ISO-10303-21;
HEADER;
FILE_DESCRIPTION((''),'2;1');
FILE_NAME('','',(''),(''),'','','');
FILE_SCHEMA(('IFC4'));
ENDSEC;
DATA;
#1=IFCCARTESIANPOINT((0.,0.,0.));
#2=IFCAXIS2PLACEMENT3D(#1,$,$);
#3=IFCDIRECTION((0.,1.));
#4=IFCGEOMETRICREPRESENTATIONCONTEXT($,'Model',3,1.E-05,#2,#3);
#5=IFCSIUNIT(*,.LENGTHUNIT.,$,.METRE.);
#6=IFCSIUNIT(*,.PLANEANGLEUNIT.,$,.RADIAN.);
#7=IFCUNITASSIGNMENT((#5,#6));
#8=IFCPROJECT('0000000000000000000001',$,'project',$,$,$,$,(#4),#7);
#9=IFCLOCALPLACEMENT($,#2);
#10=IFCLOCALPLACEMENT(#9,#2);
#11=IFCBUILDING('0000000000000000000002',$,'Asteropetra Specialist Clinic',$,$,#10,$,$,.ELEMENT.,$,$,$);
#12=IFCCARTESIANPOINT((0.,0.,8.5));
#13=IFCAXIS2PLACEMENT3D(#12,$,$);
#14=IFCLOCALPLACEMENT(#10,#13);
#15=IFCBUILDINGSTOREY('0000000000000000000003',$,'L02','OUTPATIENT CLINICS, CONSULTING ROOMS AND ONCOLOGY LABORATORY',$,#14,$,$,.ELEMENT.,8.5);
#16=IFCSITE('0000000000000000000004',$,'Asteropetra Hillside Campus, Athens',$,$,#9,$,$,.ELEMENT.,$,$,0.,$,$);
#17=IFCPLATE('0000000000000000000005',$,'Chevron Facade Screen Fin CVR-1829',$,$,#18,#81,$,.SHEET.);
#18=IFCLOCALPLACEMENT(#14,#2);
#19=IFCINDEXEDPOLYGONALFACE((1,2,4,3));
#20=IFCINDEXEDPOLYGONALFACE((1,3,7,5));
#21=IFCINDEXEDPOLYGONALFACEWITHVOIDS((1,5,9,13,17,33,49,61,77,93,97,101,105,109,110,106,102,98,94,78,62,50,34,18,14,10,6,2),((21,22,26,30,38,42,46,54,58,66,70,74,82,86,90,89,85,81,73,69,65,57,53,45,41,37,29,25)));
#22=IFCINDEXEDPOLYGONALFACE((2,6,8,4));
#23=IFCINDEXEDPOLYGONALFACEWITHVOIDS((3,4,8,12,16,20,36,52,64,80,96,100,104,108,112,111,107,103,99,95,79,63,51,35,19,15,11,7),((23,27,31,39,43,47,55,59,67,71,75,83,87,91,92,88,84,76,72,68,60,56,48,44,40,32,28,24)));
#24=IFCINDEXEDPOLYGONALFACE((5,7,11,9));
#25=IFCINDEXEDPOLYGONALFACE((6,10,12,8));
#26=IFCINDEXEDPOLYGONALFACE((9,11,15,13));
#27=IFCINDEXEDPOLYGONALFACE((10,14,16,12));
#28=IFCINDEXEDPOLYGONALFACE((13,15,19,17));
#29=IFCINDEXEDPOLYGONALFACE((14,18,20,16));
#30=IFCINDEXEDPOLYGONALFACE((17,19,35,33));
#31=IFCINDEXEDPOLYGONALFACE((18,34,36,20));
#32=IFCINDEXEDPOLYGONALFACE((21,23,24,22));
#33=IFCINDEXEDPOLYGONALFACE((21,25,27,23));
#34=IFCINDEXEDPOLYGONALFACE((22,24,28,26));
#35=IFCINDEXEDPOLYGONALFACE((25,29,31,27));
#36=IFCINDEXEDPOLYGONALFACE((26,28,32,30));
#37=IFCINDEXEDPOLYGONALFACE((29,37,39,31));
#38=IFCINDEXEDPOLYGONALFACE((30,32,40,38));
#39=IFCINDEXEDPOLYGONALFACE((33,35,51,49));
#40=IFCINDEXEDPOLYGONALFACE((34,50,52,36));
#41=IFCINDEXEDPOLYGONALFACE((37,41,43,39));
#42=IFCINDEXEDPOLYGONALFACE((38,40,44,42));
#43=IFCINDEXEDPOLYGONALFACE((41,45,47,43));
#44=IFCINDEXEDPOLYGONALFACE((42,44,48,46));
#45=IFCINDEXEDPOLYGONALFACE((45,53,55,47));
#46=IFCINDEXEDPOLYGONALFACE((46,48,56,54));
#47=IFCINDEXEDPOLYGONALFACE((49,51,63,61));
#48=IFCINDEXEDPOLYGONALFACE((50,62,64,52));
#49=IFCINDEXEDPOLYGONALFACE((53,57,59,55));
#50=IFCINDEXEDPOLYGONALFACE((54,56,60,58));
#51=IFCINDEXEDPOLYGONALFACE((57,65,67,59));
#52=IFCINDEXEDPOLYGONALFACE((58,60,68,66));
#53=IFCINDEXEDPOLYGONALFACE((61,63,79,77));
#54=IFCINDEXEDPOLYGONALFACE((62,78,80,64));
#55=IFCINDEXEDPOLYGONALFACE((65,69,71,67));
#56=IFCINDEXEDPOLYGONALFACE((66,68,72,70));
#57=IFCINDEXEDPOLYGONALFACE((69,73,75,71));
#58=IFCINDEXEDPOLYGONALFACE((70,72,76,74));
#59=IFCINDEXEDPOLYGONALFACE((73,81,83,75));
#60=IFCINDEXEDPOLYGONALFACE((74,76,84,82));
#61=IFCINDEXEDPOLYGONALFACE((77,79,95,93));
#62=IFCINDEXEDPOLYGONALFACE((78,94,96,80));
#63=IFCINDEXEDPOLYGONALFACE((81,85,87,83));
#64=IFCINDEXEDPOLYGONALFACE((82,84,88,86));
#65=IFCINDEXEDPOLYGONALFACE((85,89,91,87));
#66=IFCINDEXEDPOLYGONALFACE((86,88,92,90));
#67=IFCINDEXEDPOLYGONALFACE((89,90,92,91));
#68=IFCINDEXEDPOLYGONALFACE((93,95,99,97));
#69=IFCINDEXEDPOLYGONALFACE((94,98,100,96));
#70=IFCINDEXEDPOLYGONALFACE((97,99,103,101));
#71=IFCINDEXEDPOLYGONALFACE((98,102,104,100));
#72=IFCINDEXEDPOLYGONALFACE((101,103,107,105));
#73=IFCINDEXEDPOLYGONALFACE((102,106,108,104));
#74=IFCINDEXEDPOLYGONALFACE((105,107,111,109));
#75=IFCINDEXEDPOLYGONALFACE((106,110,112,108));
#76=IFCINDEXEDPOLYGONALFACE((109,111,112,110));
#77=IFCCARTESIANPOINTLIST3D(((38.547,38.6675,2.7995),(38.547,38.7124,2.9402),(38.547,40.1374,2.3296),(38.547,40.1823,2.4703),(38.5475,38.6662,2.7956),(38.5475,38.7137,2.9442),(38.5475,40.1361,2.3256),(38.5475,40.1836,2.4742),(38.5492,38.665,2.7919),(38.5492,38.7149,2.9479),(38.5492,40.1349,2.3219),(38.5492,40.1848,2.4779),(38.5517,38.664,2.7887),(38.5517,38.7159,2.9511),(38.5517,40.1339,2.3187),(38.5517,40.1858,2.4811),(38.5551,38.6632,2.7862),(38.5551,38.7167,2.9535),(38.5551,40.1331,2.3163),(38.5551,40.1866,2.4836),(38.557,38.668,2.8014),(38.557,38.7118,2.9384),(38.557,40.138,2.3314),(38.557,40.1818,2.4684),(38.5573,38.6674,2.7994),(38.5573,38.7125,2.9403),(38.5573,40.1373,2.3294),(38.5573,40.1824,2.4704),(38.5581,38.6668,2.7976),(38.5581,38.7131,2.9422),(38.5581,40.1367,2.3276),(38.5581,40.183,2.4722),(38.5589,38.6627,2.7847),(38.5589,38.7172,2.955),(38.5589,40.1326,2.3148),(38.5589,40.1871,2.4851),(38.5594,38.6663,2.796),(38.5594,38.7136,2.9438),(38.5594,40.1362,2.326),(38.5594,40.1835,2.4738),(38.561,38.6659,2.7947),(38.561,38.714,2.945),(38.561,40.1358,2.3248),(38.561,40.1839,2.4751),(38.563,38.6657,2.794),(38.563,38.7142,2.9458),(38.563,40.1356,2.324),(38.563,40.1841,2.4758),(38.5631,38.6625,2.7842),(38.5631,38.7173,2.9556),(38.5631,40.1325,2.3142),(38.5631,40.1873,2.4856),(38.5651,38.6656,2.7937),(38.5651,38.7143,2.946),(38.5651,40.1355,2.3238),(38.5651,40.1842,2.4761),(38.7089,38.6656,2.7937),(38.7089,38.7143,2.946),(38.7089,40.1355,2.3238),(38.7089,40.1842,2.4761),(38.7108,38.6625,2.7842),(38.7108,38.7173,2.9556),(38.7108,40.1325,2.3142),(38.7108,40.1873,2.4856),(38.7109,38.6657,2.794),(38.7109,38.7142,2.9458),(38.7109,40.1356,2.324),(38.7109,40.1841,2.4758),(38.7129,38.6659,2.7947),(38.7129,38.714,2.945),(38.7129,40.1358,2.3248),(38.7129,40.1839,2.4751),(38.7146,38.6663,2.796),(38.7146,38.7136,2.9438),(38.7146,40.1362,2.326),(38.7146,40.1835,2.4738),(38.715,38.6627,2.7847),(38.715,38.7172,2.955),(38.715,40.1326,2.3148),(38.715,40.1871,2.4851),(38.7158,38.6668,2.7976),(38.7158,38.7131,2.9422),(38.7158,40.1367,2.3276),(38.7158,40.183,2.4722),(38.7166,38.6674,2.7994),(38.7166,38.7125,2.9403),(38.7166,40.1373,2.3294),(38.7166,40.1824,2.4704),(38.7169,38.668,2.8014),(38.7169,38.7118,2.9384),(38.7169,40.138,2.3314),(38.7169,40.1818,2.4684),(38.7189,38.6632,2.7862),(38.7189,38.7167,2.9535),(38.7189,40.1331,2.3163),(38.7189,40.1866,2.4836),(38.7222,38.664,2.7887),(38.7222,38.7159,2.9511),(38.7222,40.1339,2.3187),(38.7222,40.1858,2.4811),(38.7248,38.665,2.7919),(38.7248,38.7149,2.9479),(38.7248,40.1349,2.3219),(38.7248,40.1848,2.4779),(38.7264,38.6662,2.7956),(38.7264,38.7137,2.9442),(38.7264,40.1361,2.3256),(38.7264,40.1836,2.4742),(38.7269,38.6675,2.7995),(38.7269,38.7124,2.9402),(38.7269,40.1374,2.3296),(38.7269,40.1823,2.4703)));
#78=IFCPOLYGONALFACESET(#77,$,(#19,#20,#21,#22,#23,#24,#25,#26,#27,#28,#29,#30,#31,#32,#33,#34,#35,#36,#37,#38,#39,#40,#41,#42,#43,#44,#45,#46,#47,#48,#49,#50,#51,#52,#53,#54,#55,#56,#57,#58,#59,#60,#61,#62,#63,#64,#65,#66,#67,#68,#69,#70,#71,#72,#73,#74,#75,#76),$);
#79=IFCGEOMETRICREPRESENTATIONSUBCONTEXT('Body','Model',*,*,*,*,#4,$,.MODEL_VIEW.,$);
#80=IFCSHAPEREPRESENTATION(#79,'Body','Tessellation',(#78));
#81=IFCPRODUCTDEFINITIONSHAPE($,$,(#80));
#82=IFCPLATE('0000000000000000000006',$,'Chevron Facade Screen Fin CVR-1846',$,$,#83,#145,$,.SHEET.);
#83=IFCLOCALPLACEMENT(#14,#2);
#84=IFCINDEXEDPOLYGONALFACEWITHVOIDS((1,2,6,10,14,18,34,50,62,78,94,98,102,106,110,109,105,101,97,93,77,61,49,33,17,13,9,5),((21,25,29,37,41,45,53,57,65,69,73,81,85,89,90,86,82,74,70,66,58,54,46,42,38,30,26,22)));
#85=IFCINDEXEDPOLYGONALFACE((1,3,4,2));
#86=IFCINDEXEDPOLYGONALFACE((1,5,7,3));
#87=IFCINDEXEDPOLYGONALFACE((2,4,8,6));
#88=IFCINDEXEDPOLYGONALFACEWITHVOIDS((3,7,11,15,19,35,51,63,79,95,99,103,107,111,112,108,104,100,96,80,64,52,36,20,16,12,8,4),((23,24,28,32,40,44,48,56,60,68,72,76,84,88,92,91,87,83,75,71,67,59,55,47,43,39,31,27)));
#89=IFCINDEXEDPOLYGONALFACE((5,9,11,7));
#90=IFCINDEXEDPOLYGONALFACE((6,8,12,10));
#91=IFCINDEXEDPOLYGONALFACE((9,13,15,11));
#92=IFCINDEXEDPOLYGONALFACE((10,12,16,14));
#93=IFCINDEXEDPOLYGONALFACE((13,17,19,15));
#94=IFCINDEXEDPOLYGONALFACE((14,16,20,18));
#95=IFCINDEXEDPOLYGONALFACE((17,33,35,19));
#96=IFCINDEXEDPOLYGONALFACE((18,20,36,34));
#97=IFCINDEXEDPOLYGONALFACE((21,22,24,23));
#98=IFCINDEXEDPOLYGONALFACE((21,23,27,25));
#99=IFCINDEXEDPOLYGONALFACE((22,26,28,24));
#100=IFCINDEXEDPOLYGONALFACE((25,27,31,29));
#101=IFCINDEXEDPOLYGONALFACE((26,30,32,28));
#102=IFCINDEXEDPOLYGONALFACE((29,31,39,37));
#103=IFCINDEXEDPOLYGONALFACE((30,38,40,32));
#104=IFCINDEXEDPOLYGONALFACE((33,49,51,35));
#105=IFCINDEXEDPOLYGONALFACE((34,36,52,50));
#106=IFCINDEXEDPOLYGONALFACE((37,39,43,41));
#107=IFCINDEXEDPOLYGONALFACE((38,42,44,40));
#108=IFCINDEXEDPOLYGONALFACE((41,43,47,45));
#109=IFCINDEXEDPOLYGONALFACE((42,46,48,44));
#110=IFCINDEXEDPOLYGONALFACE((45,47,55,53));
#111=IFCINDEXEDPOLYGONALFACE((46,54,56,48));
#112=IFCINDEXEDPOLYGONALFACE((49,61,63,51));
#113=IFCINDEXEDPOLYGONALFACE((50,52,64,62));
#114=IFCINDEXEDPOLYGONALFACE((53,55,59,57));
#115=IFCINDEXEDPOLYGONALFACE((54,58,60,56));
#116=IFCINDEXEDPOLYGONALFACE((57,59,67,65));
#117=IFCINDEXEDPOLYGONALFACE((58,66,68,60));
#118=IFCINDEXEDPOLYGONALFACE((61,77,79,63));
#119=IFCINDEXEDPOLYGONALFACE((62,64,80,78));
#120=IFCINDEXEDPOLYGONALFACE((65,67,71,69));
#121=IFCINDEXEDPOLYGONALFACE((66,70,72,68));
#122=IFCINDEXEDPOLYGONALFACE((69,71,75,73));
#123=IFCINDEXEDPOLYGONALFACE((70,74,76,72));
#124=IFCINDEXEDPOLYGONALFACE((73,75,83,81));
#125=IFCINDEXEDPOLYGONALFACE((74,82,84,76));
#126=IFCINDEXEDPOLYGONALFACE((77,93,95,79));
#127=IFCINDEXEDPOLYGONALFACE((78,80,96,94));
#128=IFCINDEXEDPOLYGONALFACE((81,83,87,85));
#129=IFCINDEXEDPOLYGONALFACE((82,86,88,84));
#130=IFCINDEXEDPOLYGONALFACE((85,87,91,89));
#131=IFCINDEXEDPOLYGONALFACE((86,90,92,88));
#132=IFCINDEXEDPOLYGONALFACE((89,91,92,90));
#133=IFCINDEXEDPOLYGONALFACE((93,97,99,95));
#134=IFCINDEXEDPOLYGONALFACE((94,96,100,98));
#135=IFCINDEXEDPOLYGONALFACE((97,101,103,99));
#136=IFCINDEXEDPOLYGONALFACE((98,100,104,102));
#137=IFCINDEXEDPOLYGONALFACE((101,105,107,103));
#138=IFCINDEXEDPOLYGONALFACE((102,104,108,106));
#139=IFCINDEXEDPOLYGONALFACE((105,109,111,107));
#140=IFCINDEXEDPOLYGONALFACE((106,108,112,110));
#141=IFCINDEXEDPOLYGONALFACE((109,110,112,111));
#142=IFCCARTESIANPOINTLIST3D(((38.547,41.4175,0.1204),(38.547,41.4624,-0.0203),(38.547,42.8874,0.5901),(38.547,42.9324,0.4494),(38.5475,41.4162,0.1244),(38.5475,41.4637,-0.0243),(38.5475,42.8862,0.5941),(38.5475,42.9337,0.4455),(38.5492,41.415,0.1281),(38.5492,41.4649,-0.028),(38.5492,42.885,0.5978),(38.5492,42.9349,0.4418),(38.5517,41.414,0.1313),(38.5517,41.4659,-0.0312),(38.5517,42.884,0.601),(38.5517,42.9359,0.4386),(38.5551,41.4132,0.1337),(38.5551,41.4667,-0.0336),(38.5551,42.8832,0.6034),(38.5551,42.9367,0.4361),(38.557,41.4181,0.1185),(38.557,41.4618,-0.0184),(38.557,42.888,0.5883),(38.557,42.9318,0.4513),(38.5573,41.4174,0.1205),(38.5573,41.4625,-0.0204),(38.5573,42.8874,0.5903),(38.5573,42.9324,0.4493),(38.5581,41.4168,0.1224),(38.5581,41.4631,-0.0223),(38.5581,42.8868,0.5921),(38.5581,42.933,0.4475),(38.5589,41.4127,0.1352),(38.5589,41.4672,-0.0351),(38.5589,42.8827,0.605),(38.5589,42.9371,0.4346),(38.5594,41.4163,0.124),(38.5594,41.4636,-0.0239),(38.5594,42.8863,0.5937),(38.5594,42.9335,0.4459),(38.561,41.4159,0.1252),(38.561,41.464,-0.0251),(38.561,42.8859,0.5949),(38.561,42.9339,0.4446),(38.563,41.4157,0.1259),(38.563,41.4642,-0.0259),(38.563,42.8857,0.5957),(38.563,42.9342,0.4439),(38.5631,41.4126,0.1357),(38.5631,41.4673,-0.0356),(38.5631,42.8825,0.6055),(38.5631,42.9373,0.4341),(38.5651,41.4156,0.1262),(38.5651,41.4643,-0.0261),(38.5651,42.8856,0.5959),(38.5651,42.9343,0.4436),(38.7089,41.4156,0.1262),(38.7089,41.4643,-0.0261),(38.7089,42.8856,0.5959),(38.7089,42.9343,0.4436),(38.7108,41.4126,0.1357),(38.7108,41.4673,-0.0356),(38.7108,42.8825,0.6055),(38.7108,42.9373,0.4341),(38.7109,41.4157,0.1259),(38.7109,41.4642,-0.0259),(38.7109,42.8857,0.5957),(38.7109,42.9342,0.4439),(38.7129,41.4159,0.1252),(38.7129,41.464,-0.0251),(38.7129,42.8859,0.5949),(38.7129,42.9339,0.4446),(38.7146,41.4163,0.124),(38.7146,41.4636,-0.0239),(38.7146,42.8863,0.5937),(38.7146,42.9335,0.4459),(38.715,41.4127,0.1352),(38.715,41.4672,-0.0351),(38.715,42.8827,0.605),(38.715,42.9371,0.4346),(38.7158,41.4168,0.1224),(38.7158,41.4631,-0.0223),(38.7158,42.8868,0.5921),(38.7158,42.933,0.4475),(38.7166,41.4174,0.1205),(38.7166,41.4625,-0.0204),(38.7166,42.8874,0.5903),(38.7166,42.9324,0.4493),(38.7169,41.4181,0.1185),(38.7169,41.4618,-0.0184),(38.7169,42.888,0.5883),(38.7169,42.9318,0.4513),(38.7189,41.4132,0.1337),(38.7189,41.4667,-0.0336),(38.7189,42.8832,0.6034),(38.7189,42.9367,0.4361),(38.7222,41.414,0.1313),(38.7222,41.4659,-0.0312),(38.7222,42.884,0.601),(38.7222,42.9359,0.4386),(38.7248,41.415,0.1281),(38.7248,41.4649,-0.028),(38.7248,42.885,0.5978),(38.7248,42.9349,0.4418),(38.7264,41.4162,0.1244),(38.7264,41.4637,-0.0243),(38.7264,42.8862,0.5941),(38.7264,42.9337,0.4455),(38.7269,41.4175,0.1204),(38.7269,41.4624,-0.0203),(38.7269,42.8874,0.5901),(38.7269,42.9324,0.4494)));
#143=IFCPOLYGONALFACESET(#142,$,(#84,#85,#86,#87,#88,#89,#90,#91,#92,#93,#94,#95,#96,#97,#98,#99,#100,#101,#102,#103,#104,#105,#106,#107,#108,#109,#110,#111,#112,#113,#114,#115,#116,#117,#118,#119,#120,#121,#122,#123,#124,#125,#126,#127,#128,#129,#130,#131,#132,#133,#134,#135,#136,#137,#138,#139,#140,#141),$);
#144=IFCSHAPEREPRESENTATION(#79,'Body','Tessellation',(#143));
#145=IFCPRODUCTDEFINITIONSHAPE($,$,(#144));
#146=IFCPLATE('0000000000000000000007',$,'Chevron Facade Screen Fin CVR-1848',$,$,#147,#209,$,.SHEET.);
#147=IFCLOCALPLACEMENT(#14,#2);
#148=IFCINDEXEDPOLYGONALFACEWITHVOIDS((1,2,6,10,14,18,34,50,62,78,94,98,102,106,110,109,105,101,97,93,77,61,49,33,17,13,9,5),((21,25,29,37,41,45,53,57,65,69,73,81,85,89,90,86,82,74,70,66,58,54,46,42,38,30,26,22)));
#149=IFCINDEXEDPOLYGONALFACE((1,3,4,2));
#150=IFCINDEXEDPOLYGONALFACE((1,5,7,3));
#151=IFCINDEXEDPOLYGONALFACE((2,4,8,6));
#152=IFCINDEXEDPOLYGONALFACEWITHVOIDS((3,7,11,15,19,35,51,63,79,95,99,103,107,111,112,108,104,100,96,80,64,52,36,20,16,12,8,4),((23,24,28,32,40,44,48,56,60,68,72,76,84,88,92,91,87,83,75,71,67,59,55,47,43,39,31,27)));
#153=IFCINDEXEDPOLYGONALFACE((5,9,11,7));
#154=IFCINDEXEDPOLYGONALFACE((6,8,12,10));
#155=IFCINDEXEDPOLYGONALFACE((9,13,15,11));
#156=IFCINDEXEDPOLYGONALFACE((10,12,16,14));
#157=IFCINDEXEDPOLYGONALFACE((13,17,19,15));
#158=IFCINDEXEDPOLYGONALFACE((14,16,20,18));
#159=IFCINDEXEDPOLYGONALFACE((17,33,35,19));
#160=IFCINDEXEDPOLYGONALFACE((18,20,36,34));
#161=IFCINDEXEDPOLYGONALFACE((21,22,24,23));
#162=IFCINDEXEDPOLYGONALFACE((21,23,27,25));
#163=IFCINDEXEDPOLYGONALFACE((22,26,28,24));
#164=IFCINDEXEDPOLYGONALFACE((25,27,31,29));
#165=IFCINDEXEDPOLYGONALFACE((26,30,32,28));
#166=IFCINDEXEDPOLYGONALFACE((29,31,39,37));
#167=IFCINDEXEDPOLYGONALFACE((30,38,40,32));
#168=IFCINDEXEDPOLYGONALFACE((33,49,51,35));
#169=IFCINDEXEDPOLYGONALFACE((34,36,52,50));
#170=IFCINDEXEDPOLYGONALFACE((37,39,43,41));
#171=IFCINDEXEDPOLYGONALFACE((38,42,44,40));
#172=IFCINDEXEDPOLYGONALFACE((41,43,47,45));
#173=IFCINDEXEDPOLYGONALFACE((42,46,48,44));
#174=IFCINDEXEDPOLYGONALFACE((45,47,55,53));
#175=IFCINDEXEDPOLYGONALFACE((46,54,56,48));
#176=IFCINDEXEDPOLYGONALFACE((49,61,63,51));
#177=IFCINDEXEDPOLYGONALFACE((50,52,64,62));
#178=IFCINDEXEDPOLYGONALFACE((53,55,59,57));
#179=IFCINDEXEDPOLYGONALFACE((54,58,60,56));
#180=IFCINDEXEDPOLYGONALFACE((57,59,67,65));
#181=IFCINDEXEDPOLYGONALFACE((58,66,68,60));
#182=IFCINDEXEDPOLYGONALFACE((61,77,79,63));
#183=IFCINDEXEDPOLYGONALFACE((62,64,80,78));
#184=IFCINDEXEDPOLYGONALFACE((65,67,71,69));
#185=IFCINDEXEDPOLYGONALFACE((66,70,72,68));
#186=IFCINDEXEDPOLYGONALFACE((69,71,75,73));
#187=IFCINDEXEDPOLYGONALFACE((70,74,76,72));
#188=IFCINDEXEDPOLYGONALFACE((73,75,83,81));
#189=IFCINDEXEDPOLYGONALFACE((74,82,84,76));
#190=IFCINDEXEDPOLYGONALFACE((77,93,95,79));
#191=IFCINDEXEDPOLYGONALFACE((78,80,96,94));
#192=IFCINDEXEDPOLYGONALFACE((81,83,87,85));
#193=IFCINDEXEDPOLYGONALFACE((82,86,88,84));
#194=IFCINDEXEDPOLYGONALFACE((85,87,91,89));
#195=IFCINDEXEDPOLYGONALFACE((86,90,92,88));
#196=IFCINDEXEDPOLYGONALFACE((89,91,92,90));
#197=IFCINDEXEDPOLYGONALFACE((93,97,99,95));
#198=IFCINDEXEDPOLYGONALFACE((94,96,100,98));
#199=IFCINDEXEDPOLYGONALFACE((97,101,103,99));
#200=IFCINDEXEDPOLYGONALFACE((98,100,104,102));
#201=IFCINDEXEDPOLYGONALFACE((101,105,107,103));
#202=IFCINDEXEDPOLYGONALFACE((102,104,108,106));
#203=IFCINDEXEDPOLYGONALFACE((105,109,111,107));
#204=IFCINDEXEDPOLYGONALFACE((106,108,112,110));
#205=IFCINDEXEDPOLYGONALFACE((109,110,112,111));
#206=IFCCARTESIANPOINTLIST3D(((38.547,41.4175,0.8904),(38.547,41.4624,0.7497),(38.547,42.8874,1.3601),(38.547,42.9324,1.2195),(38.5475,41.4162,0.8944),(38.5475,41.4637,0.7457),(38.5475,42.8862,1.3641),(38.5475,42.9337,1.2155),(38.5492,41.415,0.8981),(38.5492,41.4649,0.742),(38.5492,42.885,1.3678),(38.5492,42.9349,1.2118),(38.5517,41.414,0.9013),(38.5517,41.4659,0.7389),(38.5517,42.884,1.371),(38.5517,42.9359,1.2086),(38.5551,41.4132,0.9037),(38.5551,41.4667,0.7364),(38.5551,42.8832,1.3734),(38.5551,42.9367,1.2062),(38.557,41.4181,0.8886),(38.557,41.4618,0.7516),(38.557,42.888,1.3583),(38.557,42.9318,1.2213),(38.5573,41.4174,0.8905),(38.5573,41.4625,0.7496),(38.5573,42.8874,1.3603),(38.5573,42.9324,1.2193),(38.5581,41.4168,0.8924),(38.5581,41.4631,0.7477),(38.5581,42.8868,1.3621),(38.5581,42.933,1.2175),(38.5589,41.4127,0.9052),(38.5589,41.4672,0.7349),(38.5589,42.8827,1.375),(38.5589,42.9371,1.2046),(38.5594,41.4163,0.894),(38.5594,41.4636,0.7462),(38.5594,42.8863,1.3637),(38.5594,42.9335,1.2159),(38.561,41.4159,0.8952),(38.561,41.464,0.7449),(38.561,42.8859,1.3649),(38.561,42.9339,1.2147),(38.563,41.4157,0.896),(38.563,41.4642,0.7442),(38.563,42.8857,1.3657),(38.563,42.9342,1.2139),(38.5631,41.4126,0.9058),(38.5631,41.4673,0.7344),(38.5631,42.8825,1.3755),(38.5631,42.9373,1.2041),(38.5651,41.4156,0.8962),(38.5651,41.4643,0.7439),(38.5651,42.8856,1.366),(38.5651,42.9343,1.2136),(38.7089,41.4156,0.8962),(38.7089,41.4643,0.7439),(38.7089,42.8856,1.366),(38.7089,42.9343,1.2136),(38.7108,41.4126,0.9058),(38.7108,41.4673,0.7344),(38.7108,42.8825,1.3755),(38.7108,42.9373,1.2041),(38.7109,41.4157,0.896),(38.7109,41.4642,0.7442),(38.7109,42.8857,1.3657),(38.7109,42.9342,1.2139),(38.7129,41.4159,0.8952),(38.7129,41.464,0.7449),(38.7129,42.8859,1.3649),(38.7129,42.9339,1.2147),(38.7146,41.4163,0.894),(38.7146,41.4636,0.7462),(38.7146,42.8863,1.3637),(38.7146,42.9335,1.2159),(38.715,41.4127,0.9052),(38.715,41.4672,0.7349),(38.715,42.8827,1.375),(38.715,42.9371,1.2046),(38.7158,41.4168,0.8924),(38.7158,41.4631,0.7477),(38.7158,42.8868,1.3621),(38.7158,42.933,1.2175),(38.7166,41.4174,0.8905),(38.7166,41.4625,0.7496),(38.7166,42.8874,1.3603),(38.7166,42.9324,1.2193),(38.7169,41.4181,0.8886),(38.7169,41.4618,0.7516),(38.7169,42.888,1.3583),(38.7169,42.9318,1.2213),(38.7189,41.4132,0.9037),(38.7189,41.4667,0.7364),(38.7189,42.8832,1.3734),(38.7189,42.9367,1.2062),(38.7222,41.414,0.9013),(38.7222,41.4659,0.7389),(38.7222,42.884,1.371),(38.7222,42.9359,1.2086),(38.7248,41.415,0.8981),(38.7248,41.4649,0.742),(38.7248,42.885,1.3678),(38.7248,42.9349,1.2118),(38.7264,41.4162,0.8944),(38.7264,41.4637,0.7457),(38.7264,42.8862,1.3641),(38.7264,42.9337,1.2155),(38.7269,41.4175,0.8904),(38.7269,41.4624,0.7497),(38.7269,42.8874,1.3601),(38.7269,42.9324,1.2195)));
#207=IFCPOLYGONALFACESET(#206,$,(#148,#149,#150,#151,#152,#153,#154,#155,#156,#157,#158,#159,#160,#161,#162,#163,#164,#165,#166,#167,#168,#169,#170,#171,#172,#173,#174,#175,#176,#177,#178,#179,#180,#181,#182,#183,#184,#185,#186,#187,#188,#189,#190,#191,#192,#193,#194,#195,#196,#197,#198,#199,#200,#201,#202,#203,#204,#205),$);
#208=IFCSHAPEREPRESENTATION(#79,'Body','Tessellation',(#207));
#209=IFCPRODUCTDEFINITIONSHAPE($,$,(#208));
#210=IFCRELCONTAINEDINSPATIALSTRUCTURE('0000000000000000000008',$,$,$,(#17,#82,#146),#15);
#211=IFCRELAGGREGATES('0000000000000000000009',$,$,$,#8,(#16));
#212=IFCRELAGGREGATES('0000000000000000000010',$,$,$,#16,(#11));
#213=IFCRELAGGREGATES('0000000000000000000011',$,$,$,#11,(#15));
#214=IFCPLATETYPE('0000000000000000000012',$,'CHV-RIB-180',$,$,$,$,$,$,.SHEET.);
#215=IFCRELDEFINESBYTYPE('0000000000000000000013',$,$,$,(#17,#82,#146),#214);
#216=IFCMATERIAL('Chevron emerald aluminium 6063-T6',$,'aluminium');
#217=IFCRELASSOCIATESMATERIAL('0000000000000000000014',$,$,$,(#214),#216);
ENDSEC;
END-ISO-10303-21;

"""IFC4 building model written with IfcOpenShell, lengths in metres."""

from ifc_helpers import new_model, si_unit, direction, frame, origin, origin_2d, place, context, subcontext, project, spatial, hollow_rectangle, extrude, material, material_profile, profile_set, type_object, element, save


model = new_model("IFC4")

# Units and contexts
model_context = context("Model", 3, precision=1e-05, world=origin(), true_north=direction((0.0, 1.0)))
body_context = subcontext(model_context, "Body", "Model", "MODEL_VIEW")
ifc_project = project(units=[si_unit("LENGTHUNIT", "METRE"), si_unit("PLANEANGLEUNIT", "RADIAN")], contexts=[model_context])

# Site, building, storey
site_placement = place(None, origin())
site = spatial("IfcSite", under=ifc_project, at=site_placement, Name="Asteropetra Hillside Campus, Athens", CompositionType="ELEMENT", RefElevation=0.0)
building_placement = place(site_placement, origin())
building = spatial("IfcBuilding", under=site, at=building_placement, Name="Asteropetra Specialist Clinic", CompositionType="ELEMENT")
storey_placement = place(building_placement, frame((0.0, 0.0, 8.5)))
storey = spatial("IfcBuildingStorey", under=building, at=storey_placement, Name="L02", Description="OUTPATIENT CLINICS, CONSULTING ROOMS AND ONCOLOGY LABORATORY", CompositionType="ELEMENT", Elevation=8.5)

# Plates
ifc_material_1 = material(Name="Chevron emerald aluminium 6063-T6", Category="aluminium")
ifc_material_profile_1 = material_profile(ifc_material_1, hollow_rectangle(XDim=0.1799, YDim=0.1799, WallThickness=0.01, InnerFilletRadius=0.0081, OuterFilletRadius=0.0161, at=origin_2d()), Name="SHS 180x180x10.0")
ifc_profile_set_1 = profile_set([ifc_material_profile_1], Name="Chevron emerald aluminium 6063-T6")
plate_type_1 = type_object("IfcPlateType", Name="CHV-RIB-180", PredefinedType="SHEET", material=ifc_profile_set_1)
for number, where, z_axis, x_axis, name in (
    (1, (38.637, 38.6899, 2.8699), (0.0, 0.952503, -0.304529), (-1.0, 0.0, 0.0), "Chevron Facade Screen Fin CVR-1829"),
    (2, (38.637, 41.4399, 0.05), (0.0, 0.952549, 0.304385), (-1.0, 0.0, 0.0), "Chevron Facade Screen Fin CVR-1846"),
    (3, (38.637, 41.4399, 0.8201), (0.0, 0.952549, 0.304385), (-1.0, 0.0, 0.0), "Chevron Facade Screen Fin CVR-1848"),
):
    element("IfcPlate", number, at=place(storey_placement, frame(where, z_axis=z_axis, x_axis=x_axis)), inside=storey, type_object=plate_type_1, Name=name, PredefinedType="SHEET", context=body_context, shape_type="SweptSolid", body=[
        extrude(hollow_rectangle(XDim=0.1799, YDim=0.1799, WallThickness=0.01, InnerFilletRadius=0.0081, OuterFilletRadius=0.0161, at=origin_2d()), origin(), (0.0, 0.0, 1.0), 1.5432),
    ])

save(model, "model.ifc")
